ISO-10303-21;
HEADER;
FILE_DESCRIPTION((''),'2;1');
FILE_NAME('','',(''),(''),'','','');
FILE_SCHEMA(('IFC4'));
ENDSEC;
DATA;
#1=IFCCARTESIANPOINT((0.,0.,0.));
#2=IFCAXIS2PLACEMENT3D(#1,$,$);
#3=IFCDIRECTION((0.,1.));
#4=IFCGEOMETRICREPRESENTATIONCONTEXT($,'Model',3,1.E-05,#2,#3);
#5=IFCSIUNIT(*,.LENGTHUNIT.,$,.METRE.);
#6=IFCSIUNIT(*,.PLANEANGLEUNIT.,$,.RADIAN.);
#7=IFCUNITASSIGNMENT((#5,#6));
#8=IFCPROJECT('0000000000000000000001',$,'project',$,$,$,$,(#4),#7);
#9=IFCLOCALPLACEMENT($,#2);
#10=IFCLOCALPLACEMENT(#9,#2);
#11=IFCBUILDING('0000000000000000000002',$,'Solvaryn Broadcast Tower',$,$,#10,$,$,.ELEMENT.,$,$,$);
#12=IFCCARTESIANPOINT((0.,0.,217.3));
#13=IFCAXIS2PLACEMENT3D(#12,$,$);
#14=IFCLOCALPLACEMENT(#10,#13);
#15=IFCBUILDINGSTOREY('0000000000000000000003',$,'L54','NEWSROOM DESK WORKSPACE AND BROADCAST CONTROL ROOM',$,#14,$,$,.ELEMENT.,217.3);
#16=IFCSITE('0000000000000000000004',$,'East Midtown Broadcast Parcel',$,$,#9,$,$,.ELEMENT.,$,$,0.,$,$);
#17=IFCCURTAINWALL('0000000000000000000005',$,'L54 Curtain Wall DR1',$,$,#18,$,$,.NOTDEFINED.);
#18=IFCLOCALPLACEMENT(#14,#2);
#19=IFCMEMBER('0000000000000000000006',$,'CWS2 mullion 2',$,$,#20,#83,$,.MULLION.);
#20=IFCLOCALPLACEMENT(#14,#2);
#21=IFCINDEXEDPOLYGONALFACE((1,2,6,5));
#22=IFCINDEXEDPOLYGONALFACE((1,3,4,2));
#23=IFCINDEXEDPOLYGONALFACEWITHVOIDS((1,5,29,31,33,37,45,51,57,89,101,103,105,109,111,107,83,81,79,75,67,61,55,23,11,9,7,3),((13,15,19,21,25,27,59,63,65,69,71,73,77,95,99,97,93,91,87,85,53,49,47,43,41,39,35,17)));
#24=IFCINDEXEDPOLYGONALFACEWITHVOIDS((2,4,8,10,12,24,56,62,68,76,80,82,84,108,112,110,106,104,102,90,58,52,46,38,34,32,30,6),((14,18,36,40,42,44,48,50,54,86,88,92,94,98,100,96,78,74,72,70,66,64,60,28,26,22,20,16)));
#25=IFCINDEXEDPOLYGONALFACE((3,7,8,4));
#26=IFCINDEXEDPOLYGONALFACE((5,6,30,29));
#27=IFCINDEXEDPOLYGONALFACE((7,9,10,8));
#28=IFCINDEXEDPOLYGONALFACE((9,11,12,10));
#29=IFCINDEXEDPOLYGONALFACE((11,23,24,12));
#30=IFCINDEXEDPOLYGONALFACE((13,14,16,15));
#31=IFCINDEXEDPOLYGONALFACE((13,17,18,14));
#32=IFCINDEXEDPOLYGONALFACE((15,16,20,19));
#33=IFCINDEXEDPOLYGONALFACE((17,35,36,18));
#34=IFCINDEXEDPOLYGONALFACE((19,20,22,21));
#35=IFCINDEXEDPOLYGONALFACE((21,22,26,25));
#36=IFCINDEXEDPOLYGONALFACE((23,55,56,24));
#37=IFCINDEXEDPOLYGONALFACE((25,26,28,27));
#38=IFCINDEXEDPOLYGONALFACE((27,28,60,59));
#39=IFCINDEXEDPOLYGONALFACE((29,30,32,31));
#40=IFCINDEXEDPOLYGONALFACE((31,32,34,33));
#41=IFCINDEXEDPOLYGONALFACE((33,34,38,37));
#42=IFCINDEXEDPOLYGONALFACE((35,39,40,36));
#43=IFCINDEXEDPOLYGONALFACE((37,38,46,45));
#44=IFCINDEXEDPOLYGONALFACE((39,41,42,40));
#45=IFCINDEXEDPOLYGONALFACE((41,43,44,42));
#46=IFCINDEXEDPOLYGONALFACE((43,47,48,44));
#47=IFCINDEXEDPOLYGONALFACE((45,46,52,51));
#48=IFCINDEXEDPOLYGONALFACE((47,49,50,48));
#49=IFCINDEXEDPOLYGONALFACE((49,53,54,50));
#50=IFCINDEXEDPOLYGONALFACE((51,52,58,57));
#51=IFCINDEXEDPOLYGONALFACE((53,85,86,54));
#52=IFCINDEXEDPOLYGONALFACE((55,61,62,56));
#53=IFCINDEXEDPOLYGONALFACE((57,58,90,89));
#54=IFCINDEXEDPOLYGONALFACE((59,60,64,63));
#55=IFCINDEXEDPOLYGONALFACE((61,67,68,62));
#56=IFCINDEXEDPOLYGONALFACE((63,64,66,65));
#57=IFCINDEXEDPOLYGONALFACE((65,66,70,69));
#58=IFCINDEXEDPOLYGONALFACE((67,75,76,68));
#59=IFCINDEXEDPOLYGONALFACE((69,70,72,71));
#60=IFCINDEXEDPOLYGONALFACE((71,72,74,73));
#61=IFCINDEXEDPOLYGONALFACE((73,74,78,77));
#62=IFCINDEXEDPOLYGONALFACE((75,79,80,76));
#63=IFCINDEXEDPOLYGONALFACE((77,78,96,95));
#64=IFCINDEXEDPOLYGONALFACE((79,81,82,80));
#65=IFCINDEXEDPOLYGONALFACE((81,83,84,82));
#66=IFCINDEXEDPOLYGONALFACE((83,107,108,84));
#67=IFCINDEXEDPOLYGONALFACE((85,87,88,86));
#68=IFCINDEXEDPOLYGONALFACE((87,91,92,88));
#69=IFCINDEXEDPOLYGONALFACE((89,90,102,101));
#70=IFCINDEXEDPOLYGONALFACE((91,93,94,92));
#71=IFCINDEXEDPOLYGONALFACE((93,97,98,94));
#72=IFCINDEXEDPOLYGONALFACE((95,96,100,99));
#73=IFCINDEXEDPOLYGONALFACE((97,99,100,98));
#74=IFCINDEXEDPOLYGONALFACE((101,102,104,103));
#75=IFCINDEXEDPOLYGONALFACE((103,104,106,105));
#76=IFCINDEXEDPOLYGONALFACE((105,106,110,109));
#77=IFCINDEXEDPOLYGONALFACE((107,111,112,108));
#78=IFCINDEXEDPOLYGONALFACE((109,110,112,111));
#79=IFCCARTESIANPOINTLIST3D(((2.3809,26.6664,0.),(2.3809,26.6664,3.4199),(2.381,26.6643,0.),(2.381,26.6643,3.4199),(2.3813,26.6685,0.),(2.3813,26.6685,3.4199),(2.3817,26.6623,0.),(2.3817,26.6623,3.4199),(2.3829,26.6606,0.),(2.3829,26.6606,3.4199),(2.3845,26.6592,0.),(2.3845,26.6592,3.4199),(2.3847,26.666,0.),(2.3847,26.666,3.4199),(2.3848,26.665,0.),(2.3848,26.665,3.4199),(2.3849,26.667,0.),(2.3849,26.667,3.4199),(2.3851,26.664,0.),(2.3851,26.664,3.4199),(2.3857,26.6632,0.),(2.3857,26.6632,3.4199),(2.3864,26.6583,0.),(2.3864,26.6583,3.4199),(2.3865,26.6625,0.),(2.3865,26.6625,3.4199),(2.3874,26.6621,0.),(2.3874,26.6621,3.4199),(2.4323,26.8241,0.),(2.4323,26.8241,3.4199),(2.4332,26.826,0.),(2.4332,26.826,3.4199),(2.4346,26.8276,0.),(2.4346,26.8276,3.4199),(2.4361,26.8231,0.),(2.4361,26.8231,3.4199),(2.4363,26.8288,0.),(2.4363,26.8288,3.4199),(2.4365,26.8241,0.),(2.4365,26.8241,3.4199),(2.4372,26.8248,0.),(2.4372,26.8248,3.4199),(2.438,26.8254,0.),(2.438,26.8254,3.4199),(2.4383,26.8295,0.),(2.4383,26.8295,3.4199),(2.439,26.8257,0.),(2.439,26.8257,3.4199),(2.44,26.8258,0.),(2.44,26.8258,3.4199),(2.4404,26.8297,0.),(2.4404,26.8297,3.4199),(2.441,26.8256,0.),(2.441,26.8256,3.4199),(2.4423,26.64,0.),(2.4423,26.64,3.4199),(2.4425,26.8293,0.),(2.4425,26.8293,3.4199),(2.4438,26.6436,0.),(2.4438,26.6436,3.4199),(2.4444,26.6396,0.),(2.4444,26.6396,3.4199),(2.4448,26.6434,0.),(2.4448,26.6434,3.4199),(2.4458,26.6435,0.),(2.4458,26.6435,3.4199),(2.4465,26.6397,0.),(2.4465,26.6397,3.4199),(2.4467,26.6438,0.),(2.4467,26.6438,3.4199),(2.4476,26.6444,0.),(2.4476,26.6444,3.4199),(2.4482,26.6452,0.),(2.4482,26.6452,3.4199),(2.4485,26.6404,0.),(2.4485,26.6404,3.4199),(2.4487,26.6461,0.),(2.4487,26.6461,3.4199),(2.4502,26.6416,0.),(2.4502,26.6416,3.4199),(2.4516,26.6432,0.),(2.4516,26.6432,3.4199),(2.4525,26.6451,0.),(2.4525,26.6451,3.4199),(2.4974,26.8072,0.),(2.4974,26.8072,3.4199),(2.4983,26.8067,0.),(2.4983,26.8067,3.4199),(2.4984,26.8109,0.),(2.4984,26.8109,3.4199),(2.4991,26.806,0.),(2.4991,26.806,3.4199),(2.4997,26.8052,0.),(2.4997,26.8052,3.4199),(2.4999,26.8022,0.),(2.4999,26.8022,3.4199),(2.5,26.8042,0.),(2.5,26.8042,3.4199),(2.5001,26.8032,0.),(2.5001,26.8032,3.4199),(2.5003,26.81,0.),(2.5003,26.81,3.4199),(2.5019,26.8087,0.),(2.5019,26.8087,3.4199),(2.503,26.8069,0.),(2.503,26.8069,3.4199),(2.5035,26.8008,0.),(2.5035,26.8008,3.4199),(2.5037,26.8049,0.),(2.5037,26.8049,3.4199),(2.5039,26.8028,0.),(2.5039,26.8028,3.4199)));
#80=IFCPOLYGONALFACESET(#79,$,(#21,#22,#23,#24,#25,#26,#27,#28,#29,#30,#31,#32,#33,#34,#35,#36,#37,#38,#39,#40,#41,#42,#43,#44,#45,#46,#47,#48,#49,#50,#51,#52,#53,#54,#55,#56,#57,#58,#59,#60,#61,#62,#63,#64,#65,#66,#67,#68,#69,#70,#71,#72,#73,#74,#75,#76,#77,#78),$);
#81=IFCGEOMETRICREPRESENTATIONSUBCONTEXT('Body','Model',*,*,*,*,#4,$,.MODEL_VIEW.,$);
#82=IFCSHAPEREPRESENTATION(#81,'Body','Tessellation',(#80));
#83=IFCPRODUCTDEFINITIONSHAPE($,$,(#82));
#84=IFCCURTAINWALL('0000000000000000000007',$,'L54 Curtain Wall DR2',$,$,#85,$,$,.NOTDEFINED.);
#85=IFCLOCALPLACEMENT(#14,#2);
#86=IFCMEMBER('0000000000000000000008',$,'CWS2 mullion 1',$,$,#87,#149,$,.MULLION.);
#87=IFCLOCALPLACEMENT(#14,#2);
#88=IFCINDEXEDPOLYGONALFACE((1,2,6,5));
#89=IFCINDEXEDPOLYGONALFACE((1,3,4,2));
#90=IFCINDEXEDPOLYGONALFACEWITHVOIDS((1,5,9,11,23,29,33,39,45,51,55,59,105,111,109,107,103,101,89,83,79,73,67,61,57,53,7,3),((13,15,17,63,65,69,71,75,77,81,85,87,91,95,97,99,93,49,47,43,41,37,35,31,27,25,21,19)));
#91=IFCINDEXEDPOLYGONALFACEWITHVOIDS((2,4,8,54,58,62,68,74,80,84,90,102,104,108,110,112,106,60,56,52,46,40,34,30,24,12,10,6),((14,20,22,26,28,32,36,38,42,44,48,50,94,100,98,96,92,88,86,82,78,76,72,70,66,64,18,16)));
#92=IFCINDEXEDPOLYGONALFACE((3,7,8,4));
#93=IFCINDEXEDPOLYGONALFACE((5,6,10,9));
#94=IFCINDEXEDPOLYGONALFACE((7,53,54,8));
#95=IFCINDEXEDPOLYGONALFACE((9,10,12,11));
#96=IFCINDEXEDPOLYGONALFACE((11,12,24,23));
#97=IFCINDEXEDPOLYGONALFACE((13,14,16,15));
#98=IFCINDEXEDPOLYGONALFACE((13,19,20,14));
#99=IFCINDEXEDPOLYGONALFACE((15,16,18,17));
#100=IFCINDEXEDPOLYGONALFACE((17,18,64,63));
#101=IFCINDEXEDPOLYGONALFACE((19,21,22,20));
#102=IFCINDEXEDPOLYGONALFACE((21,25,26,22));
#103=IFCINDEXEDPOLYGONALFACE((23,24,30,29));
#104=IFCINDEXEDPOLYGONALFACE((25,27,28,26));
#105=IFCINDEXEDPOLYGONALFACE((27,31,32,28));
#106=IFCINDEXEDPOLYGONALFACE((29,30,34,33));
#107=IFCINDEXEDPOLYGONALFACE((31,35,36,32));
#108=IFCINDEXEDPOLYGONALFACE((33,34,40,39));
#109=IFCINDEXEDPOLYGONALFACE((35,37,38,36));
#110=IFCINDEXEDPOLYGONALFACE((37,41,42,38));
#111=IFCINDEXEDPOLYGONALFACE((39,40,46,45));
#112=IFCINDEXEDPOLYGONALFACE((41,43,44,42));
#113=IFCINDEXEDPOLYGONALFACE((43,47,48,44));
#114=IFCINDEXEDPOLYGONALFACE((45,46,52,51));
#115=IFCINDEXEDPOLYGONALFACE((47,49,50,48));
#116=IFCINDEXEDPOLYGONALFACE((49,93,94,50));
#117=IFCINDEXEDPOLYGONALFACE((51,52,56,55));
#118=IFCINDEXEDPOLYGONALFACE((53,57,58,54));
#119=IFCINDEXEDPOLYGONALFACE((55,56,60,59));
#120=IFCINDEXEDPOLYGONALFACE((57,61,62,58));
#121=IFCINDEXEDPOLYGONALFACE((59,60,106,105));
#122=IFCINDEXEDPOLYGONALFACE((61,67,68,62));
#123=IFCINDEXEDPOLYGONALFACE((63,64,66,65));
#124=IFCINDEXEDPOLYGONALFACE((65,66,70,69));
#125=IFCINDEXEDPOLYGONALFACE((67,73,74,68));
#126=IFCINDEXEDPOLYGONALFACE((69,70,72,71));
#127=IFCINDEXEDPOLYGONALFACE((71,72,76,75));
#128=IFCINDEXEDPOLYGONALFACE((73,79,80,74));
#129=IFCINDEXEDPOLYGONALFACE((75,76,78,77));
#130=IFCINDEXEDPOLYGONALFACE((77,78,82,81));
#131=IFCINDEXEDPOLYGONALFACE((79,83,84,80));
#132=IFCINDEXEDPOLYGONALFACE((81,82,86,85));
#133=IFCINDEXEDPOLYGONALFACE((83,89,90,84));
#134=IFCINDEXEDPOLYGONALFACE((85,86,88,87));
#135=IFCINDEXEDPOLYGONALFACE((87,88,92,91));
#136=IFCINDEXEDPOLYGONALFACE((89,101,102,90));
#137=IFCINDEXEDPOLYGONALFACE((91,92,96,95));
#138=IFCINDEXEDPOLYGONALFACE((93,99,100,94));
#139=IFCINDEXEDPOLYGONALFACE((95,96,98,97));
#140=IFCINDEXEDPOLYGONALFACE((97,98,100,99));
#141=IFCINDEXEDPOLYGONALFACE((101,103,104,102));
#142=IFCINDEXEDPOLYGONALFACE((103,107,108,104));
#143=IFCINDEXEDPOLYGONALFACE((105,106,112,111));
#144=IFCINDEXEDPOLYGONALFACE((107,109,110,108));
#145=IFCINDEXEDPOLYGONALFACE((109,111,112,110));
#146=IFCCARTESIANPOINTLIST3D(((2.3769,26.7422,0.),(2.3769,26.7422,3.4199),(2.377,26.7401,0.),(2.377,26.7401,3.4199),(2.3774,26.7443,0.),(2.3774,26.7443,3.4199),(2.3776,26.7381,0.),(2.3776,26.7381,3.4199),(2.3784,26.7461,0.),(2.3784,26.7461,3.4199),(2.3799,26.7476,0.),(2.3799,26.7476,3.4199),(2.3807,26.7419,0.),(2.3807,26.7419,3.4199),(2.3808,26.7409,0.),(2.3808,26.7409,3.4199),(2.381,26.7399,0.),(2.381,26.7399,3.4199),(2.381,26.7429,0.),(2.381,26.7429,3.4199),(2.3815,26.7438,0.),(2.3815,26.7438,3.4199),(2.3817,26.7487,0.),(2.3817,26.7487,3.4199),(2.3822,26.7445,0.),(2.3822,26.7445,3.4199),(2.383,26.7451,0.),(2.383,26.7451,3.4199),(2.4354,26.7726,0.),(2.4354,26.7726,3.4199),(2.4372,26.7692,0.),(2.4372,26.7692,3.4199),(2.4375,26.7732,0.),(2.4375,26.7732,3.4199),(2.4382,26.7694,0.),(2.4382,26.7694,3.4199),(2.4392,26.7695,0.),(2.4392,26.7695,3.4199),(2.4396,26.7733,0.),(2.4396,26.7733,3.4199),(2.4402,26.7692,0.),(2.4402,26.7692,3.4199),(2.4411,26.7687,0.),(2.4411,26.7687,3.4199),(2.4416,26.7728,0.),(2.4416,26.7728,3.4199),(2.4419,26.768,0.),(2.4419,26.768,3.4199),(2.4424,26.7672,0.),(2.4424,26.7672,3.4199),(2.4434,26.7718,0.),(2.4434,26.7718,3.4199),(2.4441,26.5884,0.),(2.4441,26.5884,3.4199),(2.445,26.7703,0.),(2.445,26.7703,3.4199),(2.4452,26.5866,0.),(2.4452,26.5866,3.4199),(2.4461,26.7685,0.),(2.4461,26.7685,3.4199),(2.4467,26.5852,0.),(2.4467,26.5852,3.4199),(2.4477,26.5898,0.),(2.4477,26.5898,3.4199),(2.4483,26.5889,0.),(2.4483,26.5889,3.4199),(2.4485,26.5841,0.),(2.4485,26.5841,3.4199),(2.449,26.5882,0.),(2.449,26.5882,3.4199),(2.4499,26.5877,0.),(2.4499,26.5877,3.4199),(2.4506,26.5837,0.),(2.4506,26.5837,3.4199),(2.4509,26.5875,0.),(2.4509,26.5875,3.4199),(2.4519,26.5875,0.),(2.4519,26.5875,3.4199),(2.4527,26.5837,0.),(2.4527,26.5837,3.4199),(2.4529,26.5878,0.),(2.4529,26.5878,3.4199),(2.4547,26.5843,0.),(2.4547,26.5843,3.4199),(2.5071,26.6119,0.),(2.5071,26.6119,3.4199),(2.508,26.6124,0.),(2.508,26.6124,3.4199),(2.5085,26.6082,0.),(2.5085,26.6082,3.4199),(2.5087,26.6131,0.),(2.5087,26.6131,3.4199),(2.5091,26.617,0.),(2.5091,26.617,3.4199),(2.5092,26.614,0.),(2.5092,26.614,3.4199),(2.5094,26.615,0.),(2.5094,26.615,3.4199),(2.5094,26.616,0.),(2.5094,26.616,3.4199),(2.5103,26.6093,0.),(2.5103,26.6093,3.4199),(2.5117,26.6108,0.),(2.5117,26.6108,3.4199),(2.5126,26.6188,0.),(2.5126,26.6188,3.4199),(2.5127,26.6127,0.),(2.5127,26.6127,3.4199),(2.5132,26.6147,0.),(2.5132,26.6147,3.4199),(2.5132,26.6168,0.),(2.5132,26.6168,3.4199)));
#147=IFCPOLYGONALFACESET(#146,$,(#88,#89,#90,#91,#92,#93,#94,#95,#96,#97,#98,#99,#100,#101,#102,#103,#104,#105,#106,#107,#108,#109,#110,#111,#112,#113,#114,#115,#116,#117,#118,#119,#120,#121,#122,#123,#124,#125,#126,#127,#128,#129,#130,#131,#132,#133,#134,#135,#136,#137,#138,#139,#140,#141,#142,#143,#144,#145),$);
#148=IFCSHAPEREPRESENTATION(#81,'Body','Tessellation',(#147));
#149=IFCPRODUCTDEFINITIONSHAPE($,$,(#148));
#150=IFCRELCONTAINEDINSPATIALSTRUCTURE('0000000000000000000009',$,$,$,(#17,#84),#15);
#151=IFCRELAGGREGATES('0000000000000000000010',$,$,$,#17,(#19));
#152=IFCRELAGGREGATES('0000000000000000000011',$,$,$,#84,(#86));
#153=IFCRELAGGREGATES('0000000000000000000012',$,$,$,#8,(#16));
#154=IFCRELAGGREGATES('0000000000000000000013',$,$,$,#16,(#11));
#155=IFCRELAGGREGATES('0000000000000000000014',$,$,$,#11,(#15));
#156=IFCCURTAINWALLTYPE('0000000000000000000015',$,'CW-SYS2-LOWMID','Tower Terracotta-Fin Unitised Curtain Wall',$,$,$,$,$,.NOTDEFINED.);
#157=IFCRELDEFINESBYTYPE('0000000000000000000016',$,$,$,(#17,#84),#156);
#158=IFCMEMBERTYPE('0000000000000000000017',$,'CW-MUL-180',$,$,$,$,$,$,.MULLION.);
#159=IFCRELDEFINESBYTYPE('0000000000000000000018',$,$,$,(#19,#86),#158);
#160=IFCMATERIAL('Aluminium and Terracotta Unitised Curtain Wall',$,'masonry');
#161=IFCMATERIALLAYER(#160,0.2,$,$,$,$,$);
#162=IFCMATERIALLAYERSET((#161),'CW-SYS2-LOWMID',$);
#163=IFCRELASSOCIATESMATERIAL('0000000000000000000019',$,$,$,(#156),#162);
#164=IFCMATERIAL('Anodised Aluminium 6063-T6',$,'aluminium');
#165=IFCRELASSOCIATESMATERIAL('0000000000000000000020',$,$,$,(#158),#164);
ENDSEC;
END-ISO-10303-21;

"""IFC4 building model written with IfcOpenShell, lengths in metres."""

from ifc_helpers import new_model, si_unit, direction, frame, origin, origin_2d, place, context, subcontext, project, spatial, hollow_rectangle, extrude, material, layer, layer_set, material_profile, profile_set, type_object, element, aggregate, save


model = new_model("IFC4")

# Units and contexts
model_context = context("Model", 3, precision=1e-05, world=origin(), true_north=direction((0.0, 1.0)))
body_context = subcontext(model_context, "Body", "Model", "MODEL_VIEW")
ifc_project = project(units=[si_unit("LENGTHUNIT", "METRE"), si_unit("PLANEANGLEUNIT", "RADIAN")], contexts=[model_context])

# Site, building, storey
site_placement = place(None, origin())
site = spatial("IfcSite", under=ifc_project, at=site_placement, Name="East Midtown Broadcast Parcel", CompositionType="ELEMENT", RefElevation=0.0)
building_placement = place(site_placement, origin())
building = spatial("IfcBuilding", under=site, at=building_placement, Name="Solvaryn Broadcast Tower", CompositionType="ELEMENT")
storey_placement = place(building_placement, frame((0.0, 0.0, 217.3)))
storey = spatial("IfcBuildingStorey", under=building, at=storey_placement, Name="L54", Description="NEWSROOM DESK WORKSPACE AND BROADCAST CONTROL ROOM", CompositionType="ELEMENT", Elevation=217.3)

# Curtain wall, member
ifc_material_1 = material(Name="Aluminium and Terracotta Unitised Curtain Wall", Category="masonry")
ifc_layer_1 = layer(ifc_material_1, 0.2)
ifc_layer_set_1 = layer_set([ifc_layer_1], Name="CW-SYS2-LOWMID")
curtain_wall_type = type_object("IfcCurtainWallType", Name="CW-SYS2-LOWMID", Description="Tower Terracotta-Fin Unitised Curtain Wall", PredefinedType="NOTDEFINED", material=ifc_layer_set_1)
curtain_wall_1_placement = place(storey_placement, origin())
curtain_wall_1 = element("IfcCurtainWall", 1, at=curtain_wall_1_placement, inside=storey, type_object=curtain_wall_type, Name="L54 Curtain Wall DR1", PredefinedType="NOTDEFINED")
ifc_material_2 = material(Name="Anodised Aluminium 6063-T6", Category="aluminium")
ifc_material_profile_1 = material_profile(ifc_material_2, hollow_rectangle(XDim=0.075, YDim=0.1799, WallThickness=0.0039, InnerFilletRadius=0.0039, OuterFilletRadius=0.0081, at=origin_2d()))
ifc_profile_set_1 = profile_set([ifc_material_profile_1], Name="Anodised Aluminium 6063-T6")
member_type_1 = type_object("IfcMemberType", Name="CW-MUL-180", PredefinedType="MULLION", material=ifc_profile_set_1)
member_1_placement = place(storey_placement, frame((2.4424, 26.7346, 0.0), z_axis=(0.0, 0.0, 1.0), x_axis=(0.950227, -0.311559, 0.0)))
member_1 = element("IfcMember", 2, at=member_1_placement, type_object=member_type_1, Name="CWS2 mullion 2", PredefinedType="MULLION", context=body_context, shape_type="SweptSolid", body=[
    extrude(hollow_rectangle(XDim=0.075, YDim=0.1799, WallThickness=0.0039, InnerFilletRadius=0.0039, OuterFilletRadius=0.0081, at=origin_2d()), origin(), (0.0, 0.0, 1.0), 3.4199),
])
aggregate(curtain_wall_1, [member_1])

# Curtain wall, member
curtain_wall_2_placement = place(storey_placement, origin())
curtain_wall_2 = element("IfcCurtainWall", 3, at=curtain_wall_2_placement, inside=storey, type_object=curtain_wall_type, Name="L54 Curtain Wall DR2", PredefinedType="NOTDEFINED")
member_2_placement = place(storey_placement, frame((2.4451, 26.6785, 0.0), z_axis=(0.0, 0.0, 1.0), x_axis=(0.913917, 0.405901, 0.0)))
member_2 = element("IfcMember", 4, at=member_2_placement, type_object=member_type_1, Name="CWS2 mullion 1", PredefinedType="MULLION", context=body_context, shape_type="SweptSolid", body=[
    extrude(hollow_rectangle(XDim=0.075, YDim=0.1799, WallThickness=0.0039, InnerFilletRadius=0.0039, OuterFilletRadius=0.0081, at=origin_2d()), origin(), (0.0, 0.0, 1.0), 3.4199),
])
aggregate(curtain_wall_2, [member_2])

save(model, "model.ifc")
